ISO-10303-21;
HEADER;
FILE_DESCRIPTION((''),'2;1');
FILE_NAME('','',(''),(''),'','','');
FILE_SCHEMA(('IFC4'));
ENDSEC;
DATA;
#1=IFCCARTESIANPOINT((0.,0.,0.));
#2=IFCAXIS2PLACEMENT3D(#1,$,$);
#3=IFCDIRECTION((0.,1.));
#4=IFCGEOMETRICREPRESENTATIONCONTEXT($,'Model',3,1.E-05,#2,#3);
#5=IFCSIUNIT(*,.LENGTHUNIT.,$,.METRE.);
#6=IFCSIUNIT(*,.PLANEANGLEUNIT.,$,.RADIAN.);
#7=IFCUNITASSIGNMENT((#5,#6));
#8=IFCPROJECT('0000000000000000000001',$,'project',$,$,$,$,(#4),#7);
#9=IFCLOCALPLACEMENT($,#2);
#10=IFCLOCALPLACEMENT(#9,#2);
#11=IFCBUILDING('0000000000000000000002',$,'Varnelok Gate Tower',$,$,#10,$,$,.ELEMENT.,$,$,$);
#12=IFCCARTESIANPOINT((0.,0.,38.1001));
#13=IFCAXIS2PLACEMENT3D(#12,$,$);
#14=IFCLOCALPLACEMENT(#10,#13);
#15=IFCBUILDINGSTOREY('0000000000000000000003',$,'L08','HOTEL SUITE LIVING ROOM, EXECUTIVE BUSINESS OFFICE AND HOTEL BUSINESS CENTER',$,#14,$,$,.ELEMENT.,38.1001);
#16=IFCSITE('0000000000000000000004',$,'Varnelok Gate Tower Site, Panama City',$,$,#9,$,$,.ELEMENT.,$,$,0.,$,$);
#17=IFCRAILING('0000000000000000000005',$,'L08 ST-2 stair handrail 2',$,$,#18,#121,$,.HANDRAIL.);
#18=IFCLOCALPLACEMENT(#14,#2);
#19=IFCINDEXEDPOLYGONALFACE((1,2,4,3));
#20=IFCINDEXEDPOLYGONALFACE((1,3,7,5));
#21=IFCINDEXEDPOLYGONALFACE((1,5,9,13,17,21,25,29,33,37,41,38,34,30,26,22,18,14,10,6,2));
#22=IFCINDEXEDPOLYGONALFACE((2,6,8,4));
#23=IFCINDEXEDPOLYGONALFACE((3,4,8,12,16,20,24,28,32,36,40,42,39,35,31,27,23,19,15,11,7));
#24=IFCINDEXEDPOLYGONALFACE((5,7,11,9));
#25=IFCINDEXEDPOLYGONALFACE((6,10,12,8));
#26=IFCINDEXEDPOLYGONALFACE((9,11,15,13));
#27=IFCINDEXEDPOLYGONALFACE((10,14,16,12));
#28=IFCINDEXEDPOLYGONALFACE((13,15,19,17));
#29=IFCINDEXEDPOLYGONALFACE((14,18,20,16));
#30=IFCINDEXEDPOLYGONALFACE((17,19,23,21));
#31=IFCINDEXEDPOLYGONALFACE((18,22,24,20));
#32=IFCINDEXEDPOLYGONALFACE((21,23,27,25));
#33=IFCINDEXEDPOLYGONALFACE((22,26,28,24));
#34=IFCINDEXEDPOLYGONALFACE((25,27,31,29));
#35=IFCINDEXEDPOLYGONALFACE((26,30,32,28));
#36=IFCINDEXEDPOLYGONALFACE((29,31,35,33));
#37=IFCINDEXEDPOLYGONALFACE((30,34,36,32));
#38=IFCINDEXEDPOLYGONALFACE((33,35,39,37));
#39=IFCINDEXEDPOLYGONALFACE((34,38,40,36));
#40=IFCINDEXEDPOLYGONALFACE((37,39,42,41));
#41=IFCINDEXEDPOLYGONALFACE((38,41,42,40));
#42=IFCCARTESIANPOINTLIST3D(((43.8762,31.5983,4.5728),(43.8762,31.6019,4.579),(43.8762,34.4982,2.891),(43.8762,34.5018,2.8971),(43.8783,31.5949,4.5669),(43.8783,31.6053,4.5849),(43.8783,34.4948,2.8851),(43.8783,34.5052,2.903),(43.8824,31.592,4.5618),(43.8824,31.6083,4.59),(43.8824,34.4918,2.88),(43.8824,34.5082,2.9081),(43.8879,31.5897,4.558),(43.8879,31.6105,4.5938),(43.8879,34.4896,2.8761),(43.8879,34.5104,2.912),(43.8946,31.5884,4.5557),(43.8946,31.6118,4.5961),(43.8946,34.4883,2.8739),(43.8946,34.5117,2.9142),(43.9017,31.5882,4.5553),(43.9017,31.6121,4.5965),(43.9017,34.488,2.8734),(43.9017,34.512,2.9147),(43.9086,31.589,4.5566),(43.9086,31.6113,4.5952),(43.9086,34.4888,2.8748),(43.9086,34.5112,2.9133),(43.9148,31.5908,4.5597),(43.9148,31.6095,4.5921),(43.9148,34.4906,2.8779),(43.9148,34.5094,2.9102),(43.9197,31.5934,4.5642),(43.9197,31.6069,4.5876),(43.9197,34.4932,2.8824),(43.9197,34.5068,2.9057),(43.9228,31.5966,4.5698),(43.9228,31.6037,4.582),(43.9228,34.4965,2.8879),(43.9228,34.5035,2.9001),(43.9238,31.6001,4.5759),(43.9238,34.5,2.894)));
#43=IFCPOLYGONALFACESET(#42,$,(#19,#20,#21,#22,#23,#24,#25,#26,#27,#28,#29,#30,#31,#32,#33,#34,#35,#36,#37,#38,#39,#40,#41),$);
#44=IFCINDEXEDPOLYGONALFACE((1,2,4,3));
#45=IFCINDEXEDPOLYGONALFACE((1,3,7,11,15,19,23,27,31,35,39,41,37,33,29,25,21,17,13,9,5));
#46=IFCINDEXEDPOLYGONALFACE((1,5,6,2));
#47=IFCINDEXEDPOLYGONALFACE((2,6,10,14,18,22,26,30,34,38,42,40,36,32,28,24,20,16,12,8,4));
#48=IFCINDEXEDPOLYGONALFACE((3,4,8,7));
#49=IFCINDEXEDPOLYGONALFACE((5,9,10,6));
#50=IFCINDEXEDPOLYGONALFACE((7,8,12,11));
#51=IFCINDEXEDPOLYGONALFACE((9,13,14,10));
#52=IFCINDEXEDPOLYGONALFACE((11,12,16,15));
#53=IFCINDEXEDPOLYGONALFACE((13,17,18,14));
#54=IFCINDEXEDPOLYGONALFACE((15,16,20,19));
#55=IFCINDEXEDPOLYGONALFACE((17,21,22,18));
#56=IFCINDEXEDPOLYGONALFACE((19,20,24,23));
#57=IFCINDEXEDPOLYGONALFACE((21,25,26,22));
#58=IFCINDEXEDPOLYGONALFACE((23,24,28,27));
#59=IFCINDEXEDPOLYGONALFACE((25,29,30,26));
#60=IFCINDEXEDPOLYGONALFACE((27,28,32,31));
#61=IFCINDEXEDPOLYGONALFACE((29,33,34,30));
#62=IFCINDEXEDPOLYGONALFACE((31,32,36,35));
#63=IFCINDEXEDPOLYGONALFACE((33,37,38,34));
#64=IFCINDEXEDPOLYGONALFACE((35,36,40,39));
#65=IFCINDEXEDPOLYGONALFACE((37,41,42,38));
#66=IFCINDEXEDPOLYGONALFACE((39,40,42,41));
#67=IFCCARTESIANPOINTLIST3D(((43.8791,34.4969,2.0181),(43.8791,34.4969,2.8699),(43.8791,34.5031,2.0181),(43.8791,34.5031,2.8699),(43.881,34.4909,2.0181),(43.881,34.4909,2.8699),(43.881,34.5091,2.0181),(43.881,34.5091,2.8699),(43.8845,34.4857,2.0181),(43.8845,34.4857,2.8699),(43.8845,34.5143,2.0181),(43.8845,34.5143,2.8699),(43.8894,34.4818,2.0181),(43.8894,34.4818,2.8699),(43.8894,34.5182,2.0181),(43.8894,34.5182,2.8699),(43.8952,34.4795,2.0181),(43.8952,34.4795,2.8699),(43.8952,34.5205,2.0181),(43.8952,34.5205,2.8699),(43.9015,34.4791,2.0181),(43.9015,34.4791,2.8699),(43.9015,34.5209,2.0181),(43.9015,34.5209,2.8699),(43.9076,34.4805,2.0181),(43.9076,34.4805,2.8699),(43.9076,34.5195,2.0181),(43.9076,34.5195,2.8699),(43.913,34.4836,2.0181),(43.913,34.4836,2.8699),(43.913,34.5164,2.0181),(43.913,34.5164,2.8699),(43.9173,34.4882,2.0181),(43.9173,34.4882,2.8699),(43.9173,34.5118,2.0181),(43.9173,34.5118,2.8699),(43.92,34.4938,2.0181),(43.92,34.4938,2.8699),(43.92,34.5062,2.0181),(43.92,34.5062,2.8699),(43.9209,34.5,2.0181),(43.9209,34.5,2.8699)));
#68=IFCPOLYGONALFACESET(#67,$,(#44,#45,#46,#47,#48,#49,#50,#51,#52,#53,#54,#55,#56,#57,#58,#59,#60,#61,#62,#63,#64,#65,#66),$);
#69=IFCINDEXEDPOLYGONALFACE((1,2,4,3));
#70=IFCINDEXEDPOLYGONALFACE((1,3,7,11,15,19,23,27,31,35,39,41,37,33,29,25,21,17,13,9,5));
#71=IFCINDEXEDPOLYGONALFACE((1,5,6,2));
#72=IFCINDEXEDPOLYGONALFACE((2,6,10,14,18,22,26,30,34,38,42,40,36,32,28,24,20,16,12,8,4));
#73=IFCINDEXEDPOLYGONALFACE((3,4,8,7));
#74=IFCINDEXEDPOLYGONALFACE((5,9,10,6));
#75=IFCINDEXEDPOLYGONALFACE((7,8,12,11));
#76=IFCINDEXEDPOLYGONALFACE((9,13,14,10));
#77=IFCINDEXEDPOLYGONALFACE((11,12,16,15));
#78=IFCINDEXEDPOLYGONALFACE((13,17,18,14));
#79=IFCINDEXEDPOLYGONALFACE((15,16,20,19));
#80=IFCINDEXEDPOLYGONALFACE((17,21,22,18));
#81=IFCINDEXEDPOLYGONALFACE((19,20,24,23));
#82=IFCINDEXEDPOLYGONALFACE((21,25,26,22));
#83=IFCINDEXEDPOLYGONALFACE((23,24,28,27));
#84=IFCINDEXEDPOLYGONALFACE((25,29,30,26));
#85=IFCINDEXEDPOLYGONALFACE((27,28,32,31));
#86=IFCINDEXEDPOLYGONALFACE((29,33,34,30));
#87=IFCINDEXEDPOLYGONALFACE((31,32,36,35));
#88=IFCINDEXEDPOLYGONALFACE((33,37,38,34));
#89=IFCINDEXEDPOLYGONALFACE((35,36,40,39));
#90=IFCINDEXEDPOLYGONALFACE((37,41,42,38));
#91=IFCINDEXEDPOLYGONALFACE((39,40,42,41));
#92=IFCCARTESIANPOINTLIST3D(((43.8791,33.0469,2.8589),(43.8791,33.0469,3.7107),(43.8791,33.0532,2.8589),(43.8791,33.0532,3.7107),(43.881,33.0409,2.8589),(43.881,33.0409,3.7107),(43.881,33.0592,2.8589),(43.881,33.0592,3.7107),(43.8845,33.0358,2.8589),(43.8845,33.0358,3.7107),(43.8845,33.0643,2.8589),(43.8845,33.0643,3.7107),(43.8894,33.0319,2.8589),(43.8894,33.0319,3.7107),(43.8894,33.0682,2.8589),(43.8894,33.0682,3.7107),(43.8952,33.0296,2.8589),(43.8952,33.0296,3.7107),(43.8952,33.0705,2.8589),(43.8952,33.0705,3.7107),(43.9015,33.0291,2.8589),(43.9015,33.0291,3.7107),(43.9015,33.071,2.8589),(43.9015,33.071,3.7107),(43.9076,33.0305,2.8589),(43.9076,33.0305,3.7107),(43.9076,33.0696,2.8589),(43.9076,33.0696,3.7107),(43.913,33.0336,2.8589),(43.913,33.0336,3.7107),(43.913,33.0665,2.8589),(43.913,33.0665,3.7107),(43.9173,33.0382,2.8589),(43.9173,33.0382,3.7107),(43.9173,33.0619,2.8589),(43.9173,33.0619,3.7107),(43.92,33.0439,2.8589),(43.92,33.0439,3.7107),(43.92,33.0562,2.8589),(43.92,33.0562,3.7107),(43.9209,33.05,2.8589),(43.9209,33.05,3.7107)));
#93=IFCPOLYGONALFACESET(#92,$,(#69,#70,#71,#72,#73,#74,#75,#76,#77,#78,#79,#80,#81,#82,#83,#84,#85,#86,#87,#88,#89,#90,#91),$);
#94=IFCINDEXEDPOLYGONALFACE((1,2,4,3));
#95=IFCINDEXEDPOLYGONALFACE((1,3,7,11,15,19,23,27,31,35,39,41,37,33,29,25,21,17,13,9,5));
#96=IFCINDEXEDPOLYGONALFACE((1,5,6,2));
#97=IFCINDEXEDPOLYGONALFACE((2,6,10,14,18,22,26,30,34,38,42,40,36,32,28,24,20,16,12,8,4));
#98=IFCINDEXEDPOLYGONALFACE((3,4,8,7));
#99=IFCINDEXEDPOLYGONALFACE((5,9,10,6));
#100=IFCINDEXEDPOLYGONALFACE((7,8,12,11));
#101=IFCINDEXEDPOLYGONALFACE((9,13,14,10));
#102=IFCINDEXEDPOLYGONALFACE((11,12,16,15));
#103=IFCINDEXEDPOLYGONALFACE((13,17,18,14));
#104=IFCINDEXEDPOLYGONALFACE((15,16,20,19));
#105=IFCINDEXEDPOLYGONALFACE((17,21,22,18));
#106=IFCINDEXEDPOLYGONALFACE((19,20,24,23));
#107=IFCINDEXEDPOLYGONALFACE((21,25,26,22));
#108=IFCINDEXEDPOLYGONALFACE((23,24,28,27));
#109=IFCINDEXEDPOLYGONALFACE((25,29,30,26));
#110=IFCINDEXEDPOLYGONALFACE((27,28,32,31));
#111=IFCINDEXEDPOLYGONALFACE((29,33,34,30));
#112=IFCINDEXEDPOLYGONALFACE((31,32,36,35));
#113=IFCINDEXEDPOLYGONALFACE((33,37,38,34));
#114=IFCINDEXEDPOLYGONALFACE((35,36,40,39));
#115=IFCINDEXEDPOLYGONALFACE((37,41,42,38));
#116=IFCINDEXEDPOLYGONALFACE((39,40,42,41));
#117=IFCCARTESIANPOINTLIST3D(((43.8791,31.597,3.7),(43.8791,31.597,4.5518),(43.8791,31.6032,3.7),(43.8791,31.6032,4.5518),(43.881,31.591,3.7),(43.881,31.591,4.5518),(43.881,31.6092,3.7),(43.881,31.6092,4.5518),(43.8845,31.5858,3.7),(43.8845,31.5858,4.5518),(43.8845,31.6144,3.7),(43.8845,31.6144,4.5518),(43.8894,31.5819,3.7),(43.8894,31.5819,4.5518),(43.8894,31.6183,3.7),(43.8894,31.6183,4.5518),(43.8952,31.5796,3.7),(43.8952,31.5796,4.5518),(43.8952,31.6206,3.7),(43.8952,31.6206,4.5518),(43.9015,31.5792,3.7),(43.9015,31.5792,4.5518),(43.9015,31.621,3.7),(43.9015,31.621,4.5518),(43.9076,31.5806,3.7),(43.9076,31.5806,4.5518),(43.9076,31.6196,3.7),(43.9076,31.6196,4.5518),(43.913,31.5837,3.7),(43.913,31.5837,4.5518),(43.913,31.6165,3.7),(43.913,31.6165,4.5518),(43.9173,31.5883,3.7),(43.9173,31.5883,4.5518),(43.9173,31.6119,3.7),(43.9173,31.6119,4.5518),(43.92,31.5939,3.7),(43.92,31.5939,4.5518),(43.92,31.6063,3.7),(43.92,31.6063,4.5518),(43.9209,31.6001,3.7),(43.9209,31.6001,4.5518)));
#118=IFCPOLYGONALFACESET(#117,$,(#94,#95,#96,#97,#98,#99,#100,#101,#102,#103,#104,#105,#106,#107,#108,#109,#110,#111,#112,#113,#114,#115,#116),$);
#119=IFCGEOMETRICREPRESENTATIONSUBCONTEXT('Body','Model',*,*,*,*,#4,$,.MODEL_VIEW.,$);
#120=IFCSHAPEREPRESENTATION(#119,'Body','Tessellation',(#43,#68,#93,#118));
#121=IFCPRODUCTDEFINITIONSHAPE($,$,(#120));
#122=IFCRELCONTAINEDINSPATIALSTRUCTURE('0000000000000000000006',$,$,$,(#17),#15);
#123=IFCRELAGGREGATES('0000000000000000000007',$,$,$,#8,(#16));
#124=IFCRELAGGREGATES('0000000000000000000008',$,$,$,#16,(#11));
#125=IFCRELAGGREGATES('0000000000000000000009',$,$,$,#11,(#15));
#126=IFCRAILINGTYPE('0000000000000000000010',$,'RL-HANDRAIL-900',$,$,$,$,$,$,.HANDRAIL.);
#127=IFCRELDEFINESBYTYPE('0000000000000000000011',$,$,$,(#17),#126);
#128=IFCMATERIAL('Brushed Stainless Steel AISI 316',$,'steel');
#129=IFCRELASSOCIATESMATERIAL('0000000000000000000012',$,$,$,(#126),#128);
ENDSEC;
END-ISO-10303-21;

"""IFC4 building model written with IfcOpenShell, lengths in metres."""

from ifc_helpers import new_model, si_unit, direction, frame, origin, origin_2d, place, context, subcontext, project, spatial, circle, extrude, material, type_object, element, save


model = new_model("IFC4")

# Units and contexts
model_context = context("Model", 3, precision=1e-05, world=origin(), true_north=direction((0.0, 1.0)))
body_context = subcontext(model_context, "Body", "Model", "MODEL_VIEW")
ifc_project = project(units=[si_unit("LENGTHUNIT", "METRE"), si_unit("PLANEANGLEUNIT", "RADIAN")], contexts=[model_context])

# Site, building, storey
site_placement = place(None, origin())
site = spatial("IfcSite", under=ifc_project, at=site_placement, Name="Varnelok Gate Tower Site, Panama City", CompositionType="ELEMENT", RefElevation=0.0)
building_placement = place(site_placement, origin())
building = spatial("IfcBuilding", under=site, at=building_placement, Name="Varnelok Gate Tower", CompositionType="ELEMENT")
storey_placement = place(building_placement, frame((0.0, 0.0, 38.1001)))
storey = spatial("IfcBuildingStorey", under=building, at=storey_placement, Name="L08", Description="HOTEL SUITE LIVING ROOM, EXECUTIVE BUSINESS OFFICE AND HOTEL BUSINESS CENTER", CompositionType="ELEMENT", Elevation=38.1001)

# Railing
ifc_material_1 = material(Name="Brushed Stainless Steel AISI 316", Category="steel")
railing_type_1 = type_object("IfcRailingType", Name="RL-HANDRAIL-900", PredefinedType="HANDRAIL", material=ifc_material_1)
railing_1_placement = place(storey_placement, frame((43.8999, 34.5, 2.0181)))
element("IfcRailing", 1, at=railing_1_placement, inside=storey, type_object=railing_type_1, Name="L08 ST-2 stair handrail 2", PredefinedType="HANDRAIL", context=body_context, shape_type="SweptSolid", body=[
    extrude(circle(Radius=0.0239, at=origin_2d()), frame((0.0, 0.0, 0.876), z_axis=(0.0, -0.865039, 0.501705), x_axis=(1.0, 0.0, 0.0)), (0.0, 0.0, 1.0), 3.3523),
    extrude(circle(Radius=0.021, at=origin_2d()), origin(), (0.0, 0.0, 1.0), 0.8518),
    extrude(circle(Radius=0.021, at=origin_2d()), frame((0.0, -1.45, 0.8408)), (0.0, 0.0, 1.0), 0.8518),
    extrude(circle(Radius=0.021, at=origin_2d()), frame((0.0, -2.8999, 1.6819)), (0.0, 0.0, 1.0), 0.8518),
])

save(model, "model.ifc")
